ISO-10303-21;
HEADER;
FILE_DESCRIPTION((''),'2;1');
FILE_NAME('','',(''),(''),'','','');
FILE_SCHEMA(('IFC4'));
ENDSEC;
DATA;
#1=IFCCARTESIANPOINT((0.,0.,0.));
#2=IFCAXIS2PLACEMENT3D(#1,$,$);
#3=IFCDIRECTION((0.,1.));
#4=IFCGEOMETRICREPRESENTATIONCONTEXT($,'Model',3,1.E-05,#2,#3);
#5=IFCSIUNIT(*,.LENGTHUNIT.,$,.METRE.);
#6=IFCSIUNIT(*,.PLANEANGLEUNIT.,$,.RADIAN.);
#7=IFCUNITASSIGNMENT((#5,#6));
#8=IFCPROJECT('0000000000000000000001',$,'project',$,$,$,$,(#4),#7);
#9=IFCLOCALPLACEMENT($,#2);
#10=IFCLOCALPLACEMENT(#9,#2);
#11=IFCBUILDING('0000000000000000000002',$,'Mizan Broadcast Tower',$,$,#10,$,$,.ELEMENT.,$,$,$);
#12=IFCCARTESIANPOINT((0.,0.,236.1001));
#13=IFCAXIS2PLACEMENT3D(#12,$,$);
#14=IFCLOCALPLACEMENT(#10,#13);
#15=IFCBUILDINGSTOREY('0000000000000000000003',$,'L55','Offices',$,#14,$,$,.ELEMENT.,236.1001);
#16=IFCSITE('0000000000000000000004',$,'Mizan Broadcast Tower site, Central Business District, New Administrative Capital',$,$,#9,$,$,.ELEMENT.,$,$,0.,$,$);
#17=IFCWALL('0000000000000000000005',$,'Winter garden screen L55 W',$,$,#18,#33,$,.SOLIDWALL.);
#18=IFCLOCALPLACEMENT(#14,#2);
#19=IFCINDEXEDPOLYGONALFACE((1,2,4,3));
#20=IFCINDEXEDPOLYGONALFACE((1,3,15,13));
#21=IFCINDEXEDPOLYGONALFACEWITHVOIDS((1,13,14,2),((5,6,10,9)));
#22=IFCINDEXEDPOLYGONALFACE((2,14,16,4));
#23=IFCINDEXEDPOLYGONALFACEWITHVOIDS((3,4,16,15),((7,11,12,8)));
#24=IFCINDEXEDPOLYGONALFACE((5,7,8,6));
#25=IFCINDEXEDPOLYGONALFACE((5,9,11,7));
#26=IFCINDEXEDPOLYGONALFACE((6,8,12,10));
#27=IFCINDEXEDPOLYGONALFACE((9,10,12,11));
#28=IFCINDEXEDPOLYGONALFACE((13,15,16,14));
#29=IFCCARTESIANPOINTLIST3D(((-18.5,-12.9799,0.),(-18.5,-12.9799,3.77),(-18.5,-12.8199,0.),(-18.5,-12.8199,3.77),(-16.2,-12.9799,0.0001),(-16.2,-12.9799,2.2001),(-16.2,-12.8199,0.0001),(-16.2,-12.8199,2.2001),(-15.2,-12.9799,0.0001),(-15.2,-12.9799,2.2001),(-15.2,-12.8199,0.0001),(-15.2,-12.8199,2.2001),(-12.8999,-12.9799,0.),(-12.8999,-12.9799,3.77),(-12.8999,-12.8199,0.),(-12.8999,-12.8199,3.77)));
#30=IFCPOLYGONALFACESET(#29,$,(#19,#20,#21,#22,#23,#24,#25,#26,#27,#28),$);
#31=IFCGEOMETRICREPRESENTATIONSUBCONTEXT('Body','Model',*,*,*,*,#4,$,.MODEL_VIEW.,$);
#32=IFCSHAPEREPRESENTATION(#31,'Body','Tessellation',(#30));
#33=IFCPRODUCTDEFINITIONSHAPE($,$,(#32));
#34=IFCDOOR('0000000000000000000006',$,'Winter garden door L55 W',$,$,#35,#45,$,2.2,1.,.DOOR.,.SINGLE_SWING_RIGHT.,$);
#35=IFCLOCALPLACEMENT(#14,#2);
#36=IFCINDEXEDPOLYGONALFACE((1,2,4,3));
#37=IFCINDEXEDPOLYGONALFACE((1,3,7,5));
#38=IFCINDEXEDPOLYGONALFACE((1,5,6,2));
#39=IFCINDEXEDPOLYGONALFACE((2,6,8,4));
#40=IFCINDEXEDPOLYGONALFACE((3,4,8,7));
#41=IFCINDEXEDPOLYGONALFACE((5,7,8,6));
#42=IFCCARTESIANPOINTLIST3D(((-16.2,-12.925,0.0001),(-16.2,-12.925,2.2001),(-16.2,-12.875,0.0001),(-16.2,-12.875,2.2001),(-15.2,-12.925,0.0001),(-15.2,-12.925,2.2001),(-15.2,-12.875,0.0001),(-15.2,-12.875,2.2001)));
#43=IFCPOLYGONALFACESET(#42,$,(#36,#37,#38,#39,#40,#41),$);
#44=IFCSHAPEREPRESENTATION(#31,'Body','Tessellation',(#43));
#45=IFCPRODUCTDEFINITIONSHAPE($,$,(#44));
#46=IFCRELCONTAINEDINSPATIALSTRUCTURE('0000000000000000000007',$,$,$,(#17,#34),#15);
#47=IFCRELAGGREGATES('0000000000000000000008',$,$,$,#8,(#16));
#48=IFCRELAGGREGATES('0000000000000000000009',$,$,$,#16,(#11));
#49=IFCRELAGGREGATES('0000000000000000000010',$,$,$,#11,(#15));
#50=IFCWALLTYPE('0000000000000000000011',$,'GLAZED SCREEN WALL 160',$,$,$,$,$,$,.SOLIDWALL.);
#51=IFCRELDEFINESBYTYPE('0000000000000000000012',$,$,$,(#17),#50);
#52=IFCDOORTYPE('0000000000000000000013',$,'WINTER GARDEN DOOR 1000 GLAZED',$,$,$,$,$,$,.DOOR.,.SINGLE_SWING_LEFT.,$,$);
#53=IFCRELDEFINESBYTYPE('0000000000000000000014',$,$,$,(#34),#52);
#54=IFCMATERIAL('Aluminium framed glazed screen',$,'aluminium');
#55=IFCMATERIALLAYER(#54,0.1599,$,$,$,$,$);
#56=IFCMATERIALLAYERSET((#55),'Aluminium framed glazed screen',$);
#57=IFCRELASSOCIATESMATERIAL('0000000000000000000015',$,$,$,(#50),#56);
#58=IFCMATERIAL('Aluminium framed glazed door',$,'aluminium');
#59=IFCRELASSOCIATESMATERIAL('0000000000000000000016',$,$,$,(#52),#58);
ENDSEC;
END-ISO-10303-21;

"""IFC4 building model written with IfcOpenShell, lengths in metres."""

from ifc_helpers import new_model, si_unit, direction, frame, frame_2d, origin, place, context, subcontext, project, spatial, rectangle, extrude, material, layer, layer_set, type_object, element, fill, save


model = new_model("IFC4")

# Units and contexts
model_context = context("Model", 3, precision=1e-05, world=origin(), true_north=direction((0.0, 1.0)))
body_context = subcontext(model_context, "Body", "Model", "MODEL_VIEW")
ifc_project = project(units=[si_unit("LENGTHUNIT", "METRE"), si_unit("PLANEANGLEUNIT", "RADIAN")], contexts=[model_context])

# Site, building, storey
site_placement = place(None, origin())
site = spatial("IfcSite", under=ifc_project, at=site_placement, Name="Mizan Broadcast Tower site, Central Business District, New Administrative Capital", CompositionType="ELEMENT", RefElevation=0.0)
building_placement = place(site_placement, origin())
building = spatial("IfcBuilding", under=site, at=building_placement, Name="Mizan Broadcast Tower", CompositionType="ELEMENT")
storey_placement = place(building_placement, frame((0.0, 0.0, 236.1001)))
storey = spatial("IfcBuildingStorey", under=building, at=storey_placement, Name="L55", Description="Offices", CompositionType="ELEMENT", Elevation=236.1001)

# Wall, opening, door
ifc_material_1 = material(Name="Aluminium framed glazed screen", Category="aluminium")
ifc_layer_1 = layer(ifc_material_1, 0.1599)
ifc_layer_set_1 = layer_set([ifc_layer_1], Name="Aluminium framed glazed screen")
wall_type = type_object("IfcWallType", Name="GLAZED SCREEN WALL 160", PredefinedType="SOLIDWALL", material=ifc_layer_set_1)
wall_placement = place(storey_placement, frame((-18.5, -12.8999, 0.0), z_axis=(0.0, 0.0, 1.0), x_axis=(1.0, 0.0, 0.0)))
wall = element("IfcWall", 1, at=wall_placement, inside=storey, type_object=wall_type, Name="Winter garden screen L55 W", PredefinedType="SOLIDWALL", context=body_context, shape_type="SweptSolid", body=[
    extrude(rectangle(XDim=5.6001, YDim=0.1599, at=frame_2d((2.8, 0.0))), origin(), (0.0, 0.0, 1.0), 3.77),
])
opening_placement = place(wall_placement, frame((2.3, 0.0, 0.0)))
opening = element("IfcOpeningElement", 2, at=opening_placement, cuts=wall, PredefinedType="OPENING", context=body_context, shape_type="SweptSolid", body=[
    extrude(rectangle(XDim=1.0, YDim=2.2, at=frame_2d((0.5, 1.1001))), frame((0.0, 0.0898, 0.0), z_axis=(0.0, -1.0, 0.0), x_axis=(1.0, 0.0, 0.0)), (0.0, 0.0, 1.0), 0.1799),
])
ifc_material_2 = material(Name="Aluminium framed glazed door", Category="aluminium")
door_type = type_object("IfcDoorType", Name="WINTER GARDEN DOOR 1000 GLAZED", OperationType="SINGLE_SWING_LEFT", PredefinedType="DOOR", material=ifc_material_2)
door_placement = place(opening_placement, origin())
door = element("IfcDoor", 3, at=door_placement, inside=storey, type_object=door_type, Name="Winter garden door L55 W", OperationType="SINGLE_SWING_RIGHT", OverallHeight=2.2, OverallWidth=1.0, PredefinedType="DOOR", context=body_context, shape_type="SweptSolid", body=[
    extrude(rectangle(XDim=1.0, YDim=2.2, at=frame_2d((0.5, 1.1001))), frame((0.0, 0.0249, 0.0), z_axis=(0.0, -1.0, 0.0), x_axis=(1.0, 0.0, 0.0)), (0.0, 0.0, 1.0), 0.05),
])
fill(opening, door)

save(model, "model.ifc")
